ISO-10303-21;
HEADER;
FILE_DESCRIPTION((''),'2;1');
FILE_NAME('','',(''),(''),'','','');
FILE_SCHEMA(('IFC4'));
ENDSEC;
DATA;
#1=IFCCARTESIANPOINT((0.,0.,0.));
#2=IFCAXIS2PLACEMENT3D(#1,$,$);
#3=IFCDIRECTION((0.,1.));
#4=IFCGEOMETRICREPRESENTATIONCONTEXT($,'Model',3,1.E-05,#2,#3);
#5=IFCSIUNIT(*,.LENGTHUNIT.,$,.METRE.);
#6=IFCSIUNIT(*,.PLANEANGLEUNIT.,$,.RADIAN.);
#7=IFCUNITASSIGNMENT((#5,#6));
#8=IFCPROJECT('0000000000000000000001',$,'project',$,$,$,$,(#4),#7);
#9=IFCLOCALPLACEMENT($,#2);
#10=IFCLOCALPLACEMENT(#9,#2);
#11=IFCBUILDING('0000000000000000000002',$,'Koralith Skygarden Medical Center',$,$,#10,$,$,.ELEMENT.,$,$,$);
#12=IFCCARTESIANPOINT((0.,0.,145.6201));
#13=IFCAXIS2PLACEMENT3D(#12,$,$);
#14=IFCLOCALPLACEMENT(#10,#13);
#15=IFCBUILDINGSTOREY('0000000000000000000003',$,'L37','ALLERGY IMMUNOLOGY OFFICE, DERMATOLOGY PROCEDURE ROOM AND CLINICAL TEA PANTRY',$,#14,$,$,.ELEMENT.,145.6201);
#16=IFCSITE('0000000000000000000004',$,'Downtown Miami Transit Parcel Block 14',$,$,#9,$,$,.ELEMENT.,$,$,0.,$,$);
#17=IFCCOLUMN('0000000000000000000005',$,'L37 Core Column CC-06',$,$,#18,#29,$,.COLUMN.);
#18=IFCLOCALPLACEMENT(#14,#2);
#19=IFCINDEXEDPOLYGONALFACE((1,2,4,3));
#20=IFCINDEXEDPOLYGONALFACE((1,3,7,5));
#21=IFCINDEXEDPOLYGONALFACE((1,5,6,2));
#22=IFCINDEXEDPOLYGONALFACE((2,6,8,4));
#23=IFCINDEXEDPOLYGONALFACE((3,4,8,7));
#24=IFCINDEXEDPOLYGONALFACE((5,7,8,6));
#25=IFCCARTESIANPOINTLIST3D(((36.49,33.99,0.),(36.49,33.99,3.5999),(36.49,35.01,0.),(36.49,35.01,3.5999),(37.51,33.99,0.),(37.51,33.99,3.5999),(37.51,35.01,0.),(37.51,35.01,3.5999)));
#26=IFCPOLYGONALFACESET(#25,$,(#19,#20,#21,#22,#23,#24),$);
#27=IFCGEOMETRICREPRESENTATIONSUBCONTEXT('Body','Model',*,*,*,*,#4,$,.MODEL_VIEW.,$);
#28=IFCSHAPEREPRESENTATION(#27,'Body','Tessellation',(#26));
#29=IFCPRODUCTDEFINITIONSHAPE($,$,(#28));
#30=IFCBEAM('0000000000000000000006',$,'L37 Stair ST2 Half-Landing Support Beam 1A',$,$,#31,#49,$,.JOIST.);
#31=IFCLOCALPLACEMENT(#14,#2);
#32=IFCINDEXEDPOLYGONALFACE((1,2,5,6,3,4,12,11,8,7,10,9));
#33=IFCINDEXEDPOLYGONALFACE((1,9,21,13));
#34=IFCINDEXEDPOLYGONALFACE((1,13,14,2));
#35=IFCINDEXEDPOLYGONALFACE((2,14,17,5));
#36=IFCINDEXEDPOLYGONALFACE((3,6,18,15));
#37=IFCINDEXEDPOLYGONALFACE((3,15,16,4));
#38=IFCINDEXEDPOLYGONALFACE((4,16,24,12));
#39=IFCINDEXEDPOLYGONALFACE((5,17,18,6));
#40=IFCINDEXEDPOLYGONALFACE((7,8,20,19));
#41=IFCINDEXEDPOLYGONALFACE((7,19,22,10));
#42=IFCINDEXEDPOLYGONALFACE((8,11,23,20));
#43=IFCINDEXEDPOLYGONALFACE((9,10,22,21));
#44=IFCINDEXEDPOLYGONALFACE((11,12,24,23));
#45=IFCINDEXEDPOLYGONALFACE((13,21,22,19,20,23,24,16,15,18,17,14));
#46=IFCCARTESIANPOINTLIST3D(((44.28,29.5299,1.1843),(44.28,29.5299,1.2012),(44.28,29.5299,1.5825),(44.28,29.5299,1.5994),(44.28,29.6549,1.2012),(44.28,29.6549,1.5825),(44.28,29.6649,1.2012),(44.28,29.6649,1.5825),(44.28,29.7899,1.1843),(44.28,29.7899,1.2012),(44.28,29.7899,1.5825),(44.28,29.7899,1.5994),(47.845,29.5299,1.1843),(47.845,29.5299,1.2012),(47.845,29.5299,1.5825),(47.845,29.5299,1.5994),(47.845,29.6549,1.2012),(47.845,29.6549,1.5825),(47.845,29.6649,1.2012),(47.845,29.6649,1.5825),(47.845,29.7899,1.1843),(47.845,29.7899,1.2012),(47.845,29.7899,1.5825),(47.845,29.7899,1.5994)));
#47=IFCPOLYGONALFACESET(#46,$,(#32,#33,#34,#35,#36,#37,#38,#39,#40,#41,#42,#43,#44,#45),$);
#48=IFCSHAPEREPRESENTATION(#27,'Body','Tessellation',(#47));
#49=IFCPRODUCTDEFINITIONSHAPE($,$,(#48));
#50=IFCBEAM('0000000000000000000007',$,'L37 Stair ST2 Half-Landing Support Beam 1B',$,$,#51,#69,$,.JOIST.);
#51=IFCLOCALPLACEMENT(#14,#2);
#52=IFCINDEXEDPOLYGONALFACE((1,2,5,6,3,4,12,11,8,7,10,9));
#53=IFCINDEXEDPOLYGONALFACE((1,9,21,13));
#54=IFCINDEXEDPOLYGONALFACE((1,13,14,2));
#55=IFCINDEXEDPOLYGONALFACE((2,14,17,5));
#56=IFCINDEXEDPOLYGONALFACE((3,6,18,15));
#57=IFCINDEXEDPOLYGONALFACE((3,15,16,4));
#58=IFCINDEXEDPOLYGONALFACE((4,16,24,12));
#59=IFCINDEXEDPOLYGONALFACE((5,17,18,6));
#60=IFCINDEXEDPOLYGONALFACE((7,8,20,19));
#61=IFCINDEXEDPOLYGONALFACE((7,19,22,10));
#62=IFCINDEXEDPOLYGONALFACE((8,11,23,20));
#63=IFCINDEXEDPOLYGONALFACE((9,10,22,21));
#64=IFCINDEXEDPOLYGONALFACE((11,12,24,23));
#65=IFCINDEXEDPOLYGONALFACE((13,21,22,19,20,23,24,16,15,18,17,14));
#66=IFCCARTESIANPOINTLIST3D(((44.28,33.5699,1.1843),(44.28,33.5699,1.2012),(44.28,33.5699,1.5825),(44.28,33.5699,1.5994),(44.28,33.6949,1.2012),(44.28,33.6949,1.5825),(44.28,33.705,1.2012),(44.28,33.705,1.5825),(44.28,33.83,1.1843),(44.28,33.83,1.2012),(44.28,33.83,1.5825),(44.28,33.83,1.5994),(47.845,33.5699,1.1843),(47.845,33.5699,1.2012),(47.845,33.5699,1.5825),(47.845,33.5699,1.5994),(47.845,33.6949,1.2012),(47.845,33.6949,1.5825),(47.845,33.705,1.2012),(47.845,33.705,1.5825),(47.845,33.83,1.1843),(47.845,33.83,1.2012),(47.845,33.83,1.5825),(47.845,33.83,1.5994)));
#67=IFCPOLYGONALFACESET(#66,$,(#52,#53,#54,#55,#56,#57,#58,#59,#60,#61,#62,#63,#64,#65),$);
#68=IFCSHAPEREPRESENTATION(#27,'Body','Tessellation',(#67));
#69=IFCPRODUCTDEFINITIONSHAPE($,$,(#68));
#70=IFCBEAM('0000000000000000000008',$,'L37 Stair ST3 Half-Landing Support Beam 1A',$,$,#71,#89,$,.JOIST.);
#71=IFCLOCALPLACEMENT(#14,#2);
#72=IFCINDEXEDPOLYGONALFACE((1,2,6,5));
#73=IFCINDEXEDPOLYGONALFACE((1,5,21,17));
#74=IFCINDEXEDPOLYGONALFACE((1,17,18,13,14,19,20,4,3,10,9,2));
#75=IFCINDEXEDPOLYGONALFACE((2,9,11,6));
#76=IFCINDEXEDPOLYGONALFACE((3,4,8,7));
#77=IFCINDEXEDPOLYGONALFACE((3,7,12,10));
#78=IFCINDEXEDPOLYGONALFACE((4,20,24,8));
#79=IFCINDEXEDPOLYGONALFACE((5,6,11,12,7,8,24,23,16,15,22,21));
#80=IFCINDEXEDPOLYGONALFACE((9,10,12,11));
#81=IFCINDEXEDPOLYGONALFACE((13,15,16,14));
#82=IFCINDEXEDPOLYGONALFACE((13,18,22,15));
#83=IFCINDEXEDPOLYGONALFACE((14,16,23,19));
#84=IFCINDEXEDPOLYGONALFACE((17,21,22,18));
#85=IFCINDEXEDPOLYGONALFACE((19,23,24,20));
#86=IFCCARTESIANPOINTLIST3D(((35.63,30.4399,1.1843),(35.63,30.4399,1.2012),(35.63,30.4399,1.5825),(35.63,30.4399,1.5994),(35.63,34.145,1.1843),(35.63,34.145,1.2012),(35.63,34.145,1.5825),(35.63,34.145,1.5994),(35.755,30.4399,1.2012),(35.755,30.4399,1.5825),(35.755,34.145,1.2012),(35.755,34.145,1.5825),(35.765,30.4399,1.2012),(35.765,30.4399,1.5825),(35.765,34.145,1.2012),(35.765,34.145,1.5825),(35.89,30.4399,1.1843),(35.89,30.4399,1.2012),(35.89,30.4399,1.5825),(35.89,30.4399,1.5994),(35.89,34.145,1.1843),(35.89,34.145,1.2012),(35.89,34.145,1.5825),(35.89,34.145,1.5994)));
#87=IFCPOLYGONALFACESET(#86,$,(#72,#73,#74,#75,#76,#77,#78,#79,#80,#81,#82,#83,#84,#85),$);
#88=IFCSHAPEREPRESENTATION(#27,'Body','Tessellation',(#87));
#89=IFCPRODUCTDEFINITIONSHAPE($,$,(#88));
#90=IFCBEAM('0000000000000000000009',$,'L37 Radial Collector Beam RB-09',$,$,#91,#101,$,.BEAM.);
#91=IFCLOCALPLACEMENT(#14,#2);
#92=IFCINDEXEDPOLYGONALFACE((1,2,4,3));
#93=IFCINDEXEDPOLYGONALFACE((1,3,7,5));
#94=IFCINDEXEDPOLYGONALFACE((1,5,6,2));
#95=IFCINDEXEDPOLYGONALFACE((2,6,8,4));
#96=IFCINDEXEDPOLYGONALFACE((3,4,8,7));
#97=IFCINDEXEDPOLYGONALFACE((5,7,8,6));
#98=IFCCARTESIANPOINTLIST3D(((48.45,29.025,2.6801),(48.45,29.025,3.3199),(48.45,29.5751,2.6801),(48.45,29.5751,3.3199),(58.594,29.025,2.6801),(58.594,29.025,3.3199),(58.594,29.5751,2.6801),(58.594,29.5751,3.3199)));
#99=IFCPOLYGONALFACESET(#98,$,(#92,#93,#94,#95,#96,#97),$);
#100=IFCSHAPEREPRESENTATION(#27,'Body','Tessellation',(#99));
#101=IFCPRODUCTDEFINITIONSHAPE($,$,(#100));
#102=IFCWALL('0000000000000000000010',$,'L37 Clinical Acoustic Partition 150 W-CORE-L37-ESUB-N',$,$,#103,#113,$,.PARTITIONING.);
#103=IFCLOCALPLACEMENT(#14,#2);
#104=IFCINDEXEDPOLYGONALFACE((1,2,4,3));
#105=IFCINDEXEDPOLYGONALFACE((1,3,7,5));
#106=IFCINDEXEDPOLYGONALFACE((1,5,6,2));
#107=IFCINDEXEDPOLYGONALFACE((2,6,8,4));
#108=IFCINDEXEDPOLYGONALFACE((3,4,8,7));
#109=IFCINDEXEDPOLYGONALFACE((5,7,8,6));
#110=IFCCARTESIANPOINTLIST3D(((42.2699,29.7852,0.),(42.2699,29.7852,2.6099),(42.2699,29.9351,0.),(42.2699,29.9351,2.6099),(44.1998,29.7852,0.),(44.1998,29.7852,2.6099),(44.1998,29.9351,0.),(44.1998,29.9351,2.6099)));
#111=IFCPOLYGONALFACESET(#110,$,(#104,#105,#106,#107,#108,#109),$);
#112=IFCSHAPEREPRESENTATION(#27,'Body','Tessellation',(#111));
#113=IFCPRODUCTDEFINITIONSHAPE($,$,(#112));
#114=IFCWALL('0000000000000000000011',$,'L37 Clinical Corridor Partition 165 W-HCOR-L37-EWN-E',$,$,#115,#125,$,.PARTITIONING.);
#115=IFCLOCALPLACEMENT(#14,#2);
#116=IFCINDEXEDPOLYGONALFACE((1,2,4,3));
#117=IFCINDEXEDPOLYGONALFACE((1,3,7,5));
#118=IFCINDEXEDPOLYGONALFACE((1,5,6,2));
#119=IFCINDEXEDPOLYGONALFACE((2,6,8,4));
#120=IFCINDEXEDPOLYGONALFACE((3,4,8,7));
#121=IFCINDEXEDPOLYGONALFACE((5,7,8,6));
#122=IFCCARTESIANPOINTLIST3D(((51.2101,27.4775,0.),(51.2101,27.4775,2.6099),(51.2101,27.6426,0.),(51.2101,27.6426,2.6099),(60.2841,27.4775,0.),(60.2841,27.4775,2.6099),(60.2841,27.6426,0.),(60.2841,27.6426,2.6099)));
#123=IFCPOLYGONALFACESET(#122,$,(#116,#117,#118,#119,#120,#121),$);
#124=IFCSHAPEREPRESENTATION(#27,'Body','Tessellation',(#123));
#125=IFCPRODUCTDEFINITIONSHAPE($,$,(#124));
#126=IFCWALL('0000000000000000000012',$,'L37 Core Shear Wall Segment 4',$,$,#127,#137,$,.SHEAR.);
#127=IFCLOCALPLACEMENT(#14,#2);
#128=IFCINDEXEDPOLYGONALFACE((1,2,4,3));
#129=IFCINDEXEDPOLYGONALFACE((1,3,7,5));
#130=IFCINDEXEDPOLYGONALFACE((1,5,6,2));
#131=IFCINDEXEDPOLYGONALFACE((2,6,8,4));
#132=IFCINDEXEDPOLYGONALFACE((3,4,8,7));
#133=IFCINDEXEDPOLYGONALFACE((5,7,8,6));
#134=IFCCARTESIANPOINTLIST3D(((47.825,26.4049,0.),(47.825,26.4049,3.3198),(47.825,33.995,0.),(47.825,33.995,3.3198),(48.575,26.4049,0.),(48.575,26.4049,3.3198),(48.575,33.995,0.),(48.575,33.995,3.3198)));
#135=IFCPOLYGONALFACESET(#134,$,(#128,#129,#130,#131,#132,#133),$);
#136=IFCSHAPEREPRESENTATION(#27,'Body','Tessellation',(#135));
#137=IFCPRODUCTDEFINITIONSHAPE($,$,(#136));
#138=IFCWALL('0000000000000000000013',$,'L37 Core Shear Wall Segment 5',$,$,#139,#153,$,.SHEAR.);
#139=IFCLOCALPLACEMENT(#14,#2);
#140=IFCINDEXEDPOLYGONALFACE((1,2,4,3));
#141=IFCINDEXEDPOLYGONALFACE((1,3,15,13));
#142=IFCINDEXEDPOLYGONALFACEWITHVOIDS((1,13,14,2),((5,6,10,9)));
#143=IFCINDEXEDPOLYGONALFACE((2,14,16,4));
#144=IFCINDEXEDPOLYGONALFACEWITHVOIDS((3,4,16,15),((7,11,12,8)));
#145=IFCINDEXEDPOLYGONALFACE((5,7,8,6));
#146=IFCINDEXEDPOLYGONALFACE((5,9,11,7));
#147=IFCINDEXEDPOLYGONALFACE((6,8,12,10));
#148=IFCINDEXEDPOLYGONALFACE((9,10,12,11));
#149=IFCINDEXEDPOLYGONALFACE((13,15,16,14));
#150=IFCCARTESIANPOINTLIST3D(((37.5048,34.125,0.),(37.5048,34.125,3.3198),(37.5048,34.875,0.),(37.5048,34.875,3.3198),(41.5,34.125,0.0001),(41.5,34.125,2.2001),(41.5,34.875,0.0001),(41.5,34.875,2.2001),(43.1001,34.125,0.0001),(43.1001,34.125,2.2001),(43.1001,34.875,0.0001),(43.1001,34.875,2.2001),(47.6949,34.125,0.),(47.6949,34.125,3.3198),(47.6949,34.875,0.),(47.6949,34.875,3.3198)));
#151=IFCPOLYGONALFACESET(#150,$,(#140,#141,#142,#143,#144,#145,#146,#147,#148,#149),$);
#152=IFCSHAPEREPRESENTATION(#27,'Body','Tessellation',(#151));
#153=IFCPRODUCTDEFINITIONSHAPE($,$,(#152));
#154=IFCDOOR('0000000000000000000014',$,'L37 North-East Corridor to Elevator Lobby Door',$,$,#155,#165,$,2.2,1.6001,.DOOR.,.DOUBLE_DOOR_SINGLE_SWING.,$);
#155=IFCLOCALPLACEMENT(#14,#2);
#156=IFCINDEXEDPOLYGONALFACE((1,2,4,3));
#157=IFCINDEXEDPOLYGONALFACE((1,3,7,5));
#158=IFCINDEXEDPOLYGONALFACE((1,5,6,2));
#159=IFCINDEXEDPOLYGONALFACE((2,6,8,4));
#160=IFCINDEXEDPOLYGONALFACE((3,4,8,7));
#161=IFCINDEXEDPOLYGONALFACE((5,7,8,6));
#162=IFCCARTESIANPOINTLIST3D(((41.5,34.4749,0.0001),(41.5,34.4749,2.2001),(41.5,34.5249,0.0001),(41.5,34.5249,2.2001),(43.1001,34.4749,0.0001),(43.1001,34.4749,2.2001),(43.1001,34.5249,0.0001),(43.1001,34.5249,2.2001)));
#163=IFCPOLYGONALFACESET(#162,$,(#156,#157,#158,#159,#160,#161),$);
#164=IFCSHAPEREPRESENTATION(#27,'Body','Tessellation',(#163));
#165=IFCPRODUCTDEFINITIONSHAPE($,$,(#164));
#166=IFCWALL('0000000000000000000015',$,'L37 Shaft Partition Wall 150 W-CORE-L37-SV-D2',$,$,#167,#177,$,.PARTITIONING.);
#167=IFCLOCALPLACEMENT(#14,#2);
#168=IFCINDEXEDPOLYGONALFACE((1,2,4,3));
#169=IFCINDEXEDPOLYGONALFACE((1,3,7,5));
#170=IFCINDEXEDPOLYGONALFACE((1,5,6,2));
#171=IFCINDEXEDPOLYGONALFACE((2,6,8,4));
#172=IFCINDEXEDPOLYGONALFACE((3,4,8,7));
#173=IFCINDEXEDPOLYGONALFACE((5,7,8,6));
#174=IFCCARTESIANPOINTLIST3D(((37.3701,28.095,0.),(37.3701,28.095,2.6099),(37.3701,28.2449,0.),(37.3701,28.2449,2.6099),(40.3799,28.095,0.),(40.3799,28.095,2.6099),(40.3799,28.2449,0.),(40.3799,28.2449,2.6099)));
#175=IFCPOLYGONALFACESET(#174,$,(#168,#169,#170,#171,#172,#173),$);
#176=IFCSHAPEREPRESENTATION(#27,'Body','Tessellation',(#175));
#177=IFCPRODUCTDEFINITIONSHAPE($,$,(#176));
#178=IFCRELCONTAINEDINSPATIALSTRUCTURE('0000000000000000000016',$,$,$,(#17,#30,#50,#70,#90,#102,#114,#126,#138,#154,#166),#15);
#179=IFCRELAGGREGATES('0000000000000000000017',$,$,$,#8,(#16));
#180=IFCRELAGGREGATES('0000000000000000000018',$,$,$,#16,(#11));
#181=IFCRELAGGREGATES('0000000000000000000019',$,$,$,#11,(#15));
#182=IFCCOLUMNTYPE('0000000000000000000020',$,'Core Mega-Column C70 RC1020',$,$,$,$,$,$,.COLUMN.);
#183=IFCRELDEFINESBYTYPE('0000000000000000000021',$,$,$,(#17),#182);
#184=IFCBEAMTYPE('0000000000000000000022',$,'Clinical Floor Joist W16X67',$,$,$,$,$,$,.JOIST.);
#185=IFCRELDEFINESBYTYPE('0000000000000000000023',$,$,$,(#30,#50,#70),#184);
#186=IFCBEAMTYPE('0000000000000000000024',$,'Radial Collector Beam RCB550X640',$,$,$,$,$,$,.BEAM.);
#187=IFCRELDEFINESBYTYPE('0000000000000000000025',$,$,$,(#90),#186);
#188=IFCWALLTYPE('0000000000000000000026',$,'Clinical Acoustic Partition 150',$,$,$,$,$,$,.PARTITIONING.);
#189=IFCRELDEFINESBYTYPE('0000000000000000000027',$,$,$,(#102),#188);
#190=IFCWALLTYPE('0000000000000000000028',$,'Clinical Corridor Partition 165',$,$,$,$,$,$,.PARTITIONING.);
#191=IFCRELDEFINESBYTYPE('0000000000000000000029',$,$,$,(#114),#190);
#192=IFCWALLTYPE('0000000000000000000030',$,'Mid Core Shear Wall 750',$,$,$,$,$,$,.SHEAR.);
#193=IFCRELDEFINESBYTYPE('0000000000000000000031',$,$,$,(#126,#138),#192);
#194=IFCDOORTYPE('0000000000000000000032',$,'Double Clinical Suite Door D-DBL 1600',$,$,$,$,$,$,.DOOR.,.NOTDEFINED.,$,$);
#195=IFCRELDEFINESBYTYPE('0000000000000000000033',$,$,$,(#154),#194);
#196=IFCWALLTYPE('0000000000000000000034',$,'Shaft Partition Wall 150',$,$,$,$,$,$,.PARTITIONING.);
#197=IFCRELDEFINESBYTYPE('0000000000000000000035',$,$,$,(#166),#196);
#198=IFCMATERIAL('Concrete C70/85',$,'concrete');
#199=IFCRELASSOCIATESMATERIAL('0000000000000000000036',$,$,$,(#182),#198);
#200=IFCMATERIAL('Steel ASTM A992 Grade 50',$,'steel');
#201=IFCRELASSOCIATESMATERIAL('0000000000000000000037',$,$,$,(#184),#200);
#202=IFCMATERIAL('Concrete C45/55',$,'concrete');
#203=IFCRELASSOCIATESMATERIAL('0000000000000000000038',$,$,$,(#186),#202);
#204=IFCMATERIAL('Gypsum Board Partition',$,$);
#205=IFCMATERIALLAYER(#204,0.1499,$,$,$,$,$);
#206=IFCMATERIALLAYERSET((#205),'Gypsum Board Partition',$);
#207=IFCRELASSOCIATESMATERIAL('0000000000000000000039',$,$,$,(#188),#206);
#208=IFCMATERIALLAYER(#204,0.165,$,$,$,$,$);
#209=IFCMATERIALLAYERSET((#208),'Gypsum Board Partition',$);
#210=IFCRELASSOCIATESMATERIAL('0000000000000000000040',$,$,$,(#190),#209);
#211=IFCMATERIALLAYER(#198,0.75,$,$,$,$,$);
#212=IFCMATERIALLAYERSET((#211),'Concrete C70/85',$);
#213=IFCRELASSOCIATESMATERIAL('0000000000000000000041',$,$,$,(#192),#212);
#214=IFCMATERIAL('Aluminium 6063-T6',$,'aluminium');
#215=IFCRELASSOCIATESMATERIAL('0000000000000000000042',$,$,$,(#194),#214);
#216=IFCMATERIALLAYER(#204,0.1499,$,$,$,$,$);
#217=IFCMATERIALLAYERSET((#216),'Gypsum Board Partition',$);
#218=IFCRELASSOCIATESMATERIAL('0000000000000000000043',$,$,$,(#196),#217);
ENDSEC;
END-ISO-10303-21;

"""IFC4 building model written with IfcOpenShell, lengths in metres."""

from ifc_helpers import new_model, si_unit, direction, frame, frame_2d, origin, origin_2d, place, context, subcontext, project, spatial, rectangle, i_section, extrude, material, layer, layer_set, material_profile, profile_set, type_object, element, fill, save


model = new_model("IFC4")

# Units and contexts
model_context = context("Model", 3, precision=1e-05, world=origin(), true_north=direction((0.0, 1.0)))
body_context = subcontext(model_context, "Body", "Model", "MODEL_VIEW")
ifc_project = project(units=[si_unit("LENGTHUNIT", "METRE"), si_unit("PLANEANGLEUNIT", "RADIAN")], contexts=[model_context])

# Site, building, storey
site_placement = place(None, origin())
site = spatial("IfcSite", under=ifc_project, at=site_placement, Name="Downtown Miami Transit Parcel Block 14", CompositionType="ELEMENT", RefElevation=0.0)
building_placement = place(site_placement, origin())
building = spatial("IfcBuilding", under=site, at=building_placement, Name="Koralith Skygarden Medical Center", CompositionType="ELEMENT")
storey_placement = place(building_placement, frame((0.0, 0.0, 145.6201)))
storey = spatial("IfcBuildingStorey", under=building, at=storey_placement, Name="L37", Description="ALLERGY IMMUNOLOGY OFFICE, DERMATOLOGY PROCEDURE ROOM AND CLINICAL TEA PANTRY", CompositionType="ELEMENT", Elevation=145.6201)

# Column
ifc_material_1 = material(Name="Concrete C70/85", Category="concrete")
ifc_material_profile_1 = material_profile(ifc_material_1, rectangle(XDim=1.02, YDim=1.02, at=origin_2d()), Name="RC1020X1020")
ifc_profile_set_1 = profile_set([ifc_material_profile_1], Name="Concrete C70/85")
column_type = type_object("IfcColumnType", Name="Core Mega-Column C70 RC1020", PredefinedType="COLUMN", material=ifc_profile_set_1)
column_placement = place(storey_placement, frame((37.0, 34.5, 0.0), z_axis=(0.0, 0.0, 1.0), x_axis=(1.0, 0.0, 0.0)))
element("IfcColumn", 1, at=column_placement, inside=storey, type_object=column_type, Name="L37 Core Column CC-06", PredefinedType="COLUMN", context=body_context, shape_type="SweptSolid", body=[
    extrude(rectangle(XDim=1.02, YDim=1.02, at=origin_2d()), origin(), (0.0, 0.0, 1.0), 3.5999),
])

# Beams
ifc_material_2 = material(Name="Steel ASTM A992 Grade 50", Category="steel")
ifc_material_profile_2 = material_profile(ifc_material_2, i_section(OverallWidth=0.26, OverallDepth=0.415, WebThickness=0.01, FlangeThickness=0.0168, at=origin_2d()), Name="W16X67")
ifc_profile_set_2 = profile_set([ifc_material_profile_2], Name="Steel ASTM A992 Grade 50")
beam_type_1 = type_object("IfcBeamType", Name="Clinical Floor Joist W16X67", PredefinedType="JOIST", material=ifc_profile_set_2)
for number, where, z_axis, x_axis, name in (
    (2, (44.28, 29.6599, 1.3918), (1.0, 0.0, 0.0), (0.0, 1.0, 0.0), "L37 Stair ST2 Half-Landing Support Beam 1A"),
    (3, (44.28, 33.7, 1.3918), (1.0, 0.0, 0.0), (0.0, 1.0, 0.0), "L37 Stair ST2 Half-Landing Support Beam 1B"),
):
    element("IfcBeam", number, at=place(storey_placement, frame(where, z_axis=z_axis, x_axis=x_axis)), inside=storey, type_object=beam_type_1, Name=name, PredefinedType="JOIST", context=body_context, shape_type="SweptSolid", body=[
        extrude(i_section(OverallWidth=0.26, OverallDepth=0.415, WebThickness=0.01, FlangeThickness=0.0168, at=origin_2d()), origin(), (0.0, 0.0, 1.0), 3.5649),
    ])
beam_1_placement = place(storey_placement, frame((35.76, 30.4399, 1.3918), z_axis=(0.0, 1.0, 0.0), x_axis=(-1.0, 0.0, 0.0)))
element("IfcBeam", 4, at=beam_1_placement, inside=storey, type_object=beam_type_1, Name="L37 Stair ST3 Half-Landing Support Beam 1A", PredefinedType="JOIST", context=body_context, shape_type="SweptSolid", body=[
    extrude(i_section(OverallWidth=0.26, OverallDepth=0.415, WebThickness=0.01, FlangeThickness=0.0168, at=origin_2d()), origin(), (0.0, 0.0, 1.0), 3.7051),
])
ifc_material_3 = material(Name="Concrete C45/55", Category="concrete")
ifc_material_profile_3 = material_profile(ifc_material_3, rectangle(XDim=0.55, YDim=0.6399, at=origin_2d()), Name="RCB550X640")
ifc_profile_set_3 = profile_set([ifc_material_profile_3], Name="Concrete C45/55")
beam_type_2 = type_object("IfcBeamType", Name="Radial Collector Beam RCB550X640", PredefinedType="BEAM", material=ifc_profile_set_3)
beam_2_placement = place(storey_placement, frame((48.45, 29.3, 3.0), z_axis=(1.0, 0.0, 0.0), x_axis=(0.0, 1.0, 0.0)))
element("IfcBeam", 5, at=beam_2_placement, inside=storey, type_object=beam_type_2, Name="L37 Radial Collector Beam RB-09", PredefinedType="BEAM", context=body_context, shape_type="SweptSolid", body=[
    extrude(rectangle(XDim=0.55, YDim=0.6399, at=origin_2d()), origin(), (0.0, 0.0, 1.0), 10.144),
])

# Walls
ifc_material_4 = material(Name="Gypsum Board Partition")
ifc_layer_1 = layer(ifc_material_4, 0.1499)
ifc_layer_set_1 = layer_set([ifc_layer_1], Name="Gypsum Board Partition")
wall_type_1 = type_object("IfcWallType", Name="Clinical Acoustic Partition 150", PredefinedType="PARTITIONING", material=ifc_layer_set_1)
wall_1_placement = place(storey_placement, frame((42.27, 29.8601, 0.0), z_axis=(0.0, 0.0, 1.0), x_axis=(1.0, 0.0, 0.0)))
element("IfcWall", 6, at=wall_1_placement, inside=storey, type_object=wall_type_1, Name="L37 Clinical Acoustic Partition 150 W-CORE-L37-ESUB-N", PredefinedType="PARTITIONING", context=body_context, shape_type="SweptSolid", body=[
    extrude(rectangle(XDim=1.9299, YDim=0.1499, at=frame_2d((0.9648, 0.0))), origin(), (0.0, 0.0, 1.0), 2.6099),
])
ifc_layer_2 = layer(ifc_material_4, 0.165)
ifc_layer_set_2 = layer_set([ifc_layer_2], Name="Gypsum Board Partition")
wall_type_2 = type_object("IfcWallType", Name="Clinical Corridor Partition 165", PredefinedType="PARTITIONING", material=ifc_layer_set_2)
wall_2_placement = place(storey_placement, frame((51.21, 27.5601, 0.0), z_axis=(0.0, 0.0, 1.0), x_axis=(1.0, 0.0, 0.0)))
element("IfcWall", 7, at=wall_2_placement, inside=storey, type_object=wall_type_2, Name="L37 Clinical Corridor Partition 165 W-HCOR-L37-EWN-E", PredefinedType="PARTITIONING", context=body_context, shape_type="SweptSolid", body=[
    extrude(rectangle(XDim=9.074, YDim=0.165, at=frame_2d((4.5371, 0.0))), origin(), (0.0, 0.0, 1.0), 2.6099),
])
ifc_layer_3 = layer(ifc_material_1, 0.75)
ifc_layer_set_3 = layer_set([ifc_layer_3], Name="Concrete C70/85")
wall_type_3 = type_object("IfcWallType", Name="Mid Core Shear Wall 750", PredefinedType="SHEAR", material=ifc_layer_set_3)
wall_3_placement = place(storey_placement, frame((48.2, 26.405, 0.0), z_axis=(0.0, 0.0, 1.0), x_axis=(0.0, 1.0, 0.0)))
element("IfcWall", 8, at=wall_3_placement, inside=storey, type_object=wall_type_3, Name="L37 Core Shear Wall Segment 4", PredefinedType="SHEAR", context=body_context, shape_type="SweptSolid", body=[
    extrude(rectangle(XDim=7.5901, YDim=0.75, at=frame_2d((3.7949, 0.0))), origin(), (0.0, 0.0, 1.0), 3.3198),
])

# Wall, opening, door
wall_4_placement = place(storey_placement, frame((47.6951, 34.5, 0.0), z_axis=(0.0, 0.0, 1.0), x_axis=(-1.0, 0.0, 0.0)))
wall_4 = element("IfcWall", 9, at=wall_4_placement, inside=storey, type_object=wall_type_3, Name="L37 Core Shear Wall Segment 5", PredefinedType="SHEAR", context=body_context, shape_type="SweptSolid", body=[
    extrude(rectangle(XDim=10.1902, YDim=0.75, at=frame_2d((5.0952, 0.0))), origin(), (0.0, 0.0, 1.0), 3.3198),
])
opening_1_placement = place(wall_4_placement, frame((4.595, 0.0, 0.0)))
opening_1 = element("IfcOpeningElement", 10, at=opening_1_placement, cuts=wall_4, PredefinedType="OPENING", context=body_context, shape_type="SweptSolid", body=[
    extrude(rectangle(XDim=1.6001, YDim=2.2, at=frame_2d((0.8, 1.1001))), frame((0.0, 0.385, 0.0), z_axis=(0.0, -1.0, 0.0), x_axis=(1.0, 0.0, 0.0)), (0.0, 0.0, 1.0), 0.77),
])
ifc_material_5 = material(Name="Aluminium 6063-T6", Category="aluminium")
door_type_1 = type_object("IfcDoorType", Name="Double Clinical Suite Door D-DBL 1600", OperationType="NOTDEFINED", PredefinedType="DOOR", material=ifc_material_5)
door_1_placement = place(opening_1_placement, frame((1.6001, 0.0, 0.0), z_axis=(0.0, 0.0, 1.0), x_axis=(-1.0, 0.0, 0.0)))
door_1 = element("IfcDoor", 11, at=door_1_placement, inside=storey, type_object=door_type_1, Name="L37 North-East Corridor to Elevator Lobby Door", OperationType="DOUBLE_DOOR_SINGLE_SWING", OverallHeight=2.2, OverallWidth=1.6001, PredefinedType="DOOR", context=body_context, shape_type="SweptSolid", body=[
    extrude(rectangle(XDim=1.6001, YDim=2.2, at=frame_2d((0.8, 1.1001))), frame((0.0, 0.0249, 0.0), z_axis=(0.0, -1.0, 0.0), x_axis=(1.0, 0.0, 0.0)), (0.0, 0.0, 1.0), 0.05),
])
fill(opening_1, door_1)

# Wall
ifc_layer_4 = layer(ifc_material_4, 0.1499)
ifc_layer_set_4 = layer_set([ifc_layer_4], Name="Gypsum Board Partition")
wall_type_4 = type_object("IfcWallType", Name="Shaft Partition Wall 150", PredefinedType="PARTITIONING", material=ifc_layer_set_4)
wall_5_placement = place(storey_placement, frame((37.3701, 28.1699, 0.0), z_axis=(0.0, 0.0, 1.0), x_axis=(1.0, 0.0, 0.0)))
element("IfcWall", 12, at=wall_5_placement, inside=storey, type_object=wall_type_4, Name="L37 Shaft Partition Wall 150 W-CORE-L37-SV-D2", PredefinedType="PARTITIONING", context=body_context, shape_type="SweptSolid", body=[
    extrude(rectangle(XDim=3.0098, YDim=0.1499, at=frame_2d((1.5049, 0.0))), origin(), (0.0, 0.0, 1.0), 2.6099),
])

save(model, "model.ifc")
